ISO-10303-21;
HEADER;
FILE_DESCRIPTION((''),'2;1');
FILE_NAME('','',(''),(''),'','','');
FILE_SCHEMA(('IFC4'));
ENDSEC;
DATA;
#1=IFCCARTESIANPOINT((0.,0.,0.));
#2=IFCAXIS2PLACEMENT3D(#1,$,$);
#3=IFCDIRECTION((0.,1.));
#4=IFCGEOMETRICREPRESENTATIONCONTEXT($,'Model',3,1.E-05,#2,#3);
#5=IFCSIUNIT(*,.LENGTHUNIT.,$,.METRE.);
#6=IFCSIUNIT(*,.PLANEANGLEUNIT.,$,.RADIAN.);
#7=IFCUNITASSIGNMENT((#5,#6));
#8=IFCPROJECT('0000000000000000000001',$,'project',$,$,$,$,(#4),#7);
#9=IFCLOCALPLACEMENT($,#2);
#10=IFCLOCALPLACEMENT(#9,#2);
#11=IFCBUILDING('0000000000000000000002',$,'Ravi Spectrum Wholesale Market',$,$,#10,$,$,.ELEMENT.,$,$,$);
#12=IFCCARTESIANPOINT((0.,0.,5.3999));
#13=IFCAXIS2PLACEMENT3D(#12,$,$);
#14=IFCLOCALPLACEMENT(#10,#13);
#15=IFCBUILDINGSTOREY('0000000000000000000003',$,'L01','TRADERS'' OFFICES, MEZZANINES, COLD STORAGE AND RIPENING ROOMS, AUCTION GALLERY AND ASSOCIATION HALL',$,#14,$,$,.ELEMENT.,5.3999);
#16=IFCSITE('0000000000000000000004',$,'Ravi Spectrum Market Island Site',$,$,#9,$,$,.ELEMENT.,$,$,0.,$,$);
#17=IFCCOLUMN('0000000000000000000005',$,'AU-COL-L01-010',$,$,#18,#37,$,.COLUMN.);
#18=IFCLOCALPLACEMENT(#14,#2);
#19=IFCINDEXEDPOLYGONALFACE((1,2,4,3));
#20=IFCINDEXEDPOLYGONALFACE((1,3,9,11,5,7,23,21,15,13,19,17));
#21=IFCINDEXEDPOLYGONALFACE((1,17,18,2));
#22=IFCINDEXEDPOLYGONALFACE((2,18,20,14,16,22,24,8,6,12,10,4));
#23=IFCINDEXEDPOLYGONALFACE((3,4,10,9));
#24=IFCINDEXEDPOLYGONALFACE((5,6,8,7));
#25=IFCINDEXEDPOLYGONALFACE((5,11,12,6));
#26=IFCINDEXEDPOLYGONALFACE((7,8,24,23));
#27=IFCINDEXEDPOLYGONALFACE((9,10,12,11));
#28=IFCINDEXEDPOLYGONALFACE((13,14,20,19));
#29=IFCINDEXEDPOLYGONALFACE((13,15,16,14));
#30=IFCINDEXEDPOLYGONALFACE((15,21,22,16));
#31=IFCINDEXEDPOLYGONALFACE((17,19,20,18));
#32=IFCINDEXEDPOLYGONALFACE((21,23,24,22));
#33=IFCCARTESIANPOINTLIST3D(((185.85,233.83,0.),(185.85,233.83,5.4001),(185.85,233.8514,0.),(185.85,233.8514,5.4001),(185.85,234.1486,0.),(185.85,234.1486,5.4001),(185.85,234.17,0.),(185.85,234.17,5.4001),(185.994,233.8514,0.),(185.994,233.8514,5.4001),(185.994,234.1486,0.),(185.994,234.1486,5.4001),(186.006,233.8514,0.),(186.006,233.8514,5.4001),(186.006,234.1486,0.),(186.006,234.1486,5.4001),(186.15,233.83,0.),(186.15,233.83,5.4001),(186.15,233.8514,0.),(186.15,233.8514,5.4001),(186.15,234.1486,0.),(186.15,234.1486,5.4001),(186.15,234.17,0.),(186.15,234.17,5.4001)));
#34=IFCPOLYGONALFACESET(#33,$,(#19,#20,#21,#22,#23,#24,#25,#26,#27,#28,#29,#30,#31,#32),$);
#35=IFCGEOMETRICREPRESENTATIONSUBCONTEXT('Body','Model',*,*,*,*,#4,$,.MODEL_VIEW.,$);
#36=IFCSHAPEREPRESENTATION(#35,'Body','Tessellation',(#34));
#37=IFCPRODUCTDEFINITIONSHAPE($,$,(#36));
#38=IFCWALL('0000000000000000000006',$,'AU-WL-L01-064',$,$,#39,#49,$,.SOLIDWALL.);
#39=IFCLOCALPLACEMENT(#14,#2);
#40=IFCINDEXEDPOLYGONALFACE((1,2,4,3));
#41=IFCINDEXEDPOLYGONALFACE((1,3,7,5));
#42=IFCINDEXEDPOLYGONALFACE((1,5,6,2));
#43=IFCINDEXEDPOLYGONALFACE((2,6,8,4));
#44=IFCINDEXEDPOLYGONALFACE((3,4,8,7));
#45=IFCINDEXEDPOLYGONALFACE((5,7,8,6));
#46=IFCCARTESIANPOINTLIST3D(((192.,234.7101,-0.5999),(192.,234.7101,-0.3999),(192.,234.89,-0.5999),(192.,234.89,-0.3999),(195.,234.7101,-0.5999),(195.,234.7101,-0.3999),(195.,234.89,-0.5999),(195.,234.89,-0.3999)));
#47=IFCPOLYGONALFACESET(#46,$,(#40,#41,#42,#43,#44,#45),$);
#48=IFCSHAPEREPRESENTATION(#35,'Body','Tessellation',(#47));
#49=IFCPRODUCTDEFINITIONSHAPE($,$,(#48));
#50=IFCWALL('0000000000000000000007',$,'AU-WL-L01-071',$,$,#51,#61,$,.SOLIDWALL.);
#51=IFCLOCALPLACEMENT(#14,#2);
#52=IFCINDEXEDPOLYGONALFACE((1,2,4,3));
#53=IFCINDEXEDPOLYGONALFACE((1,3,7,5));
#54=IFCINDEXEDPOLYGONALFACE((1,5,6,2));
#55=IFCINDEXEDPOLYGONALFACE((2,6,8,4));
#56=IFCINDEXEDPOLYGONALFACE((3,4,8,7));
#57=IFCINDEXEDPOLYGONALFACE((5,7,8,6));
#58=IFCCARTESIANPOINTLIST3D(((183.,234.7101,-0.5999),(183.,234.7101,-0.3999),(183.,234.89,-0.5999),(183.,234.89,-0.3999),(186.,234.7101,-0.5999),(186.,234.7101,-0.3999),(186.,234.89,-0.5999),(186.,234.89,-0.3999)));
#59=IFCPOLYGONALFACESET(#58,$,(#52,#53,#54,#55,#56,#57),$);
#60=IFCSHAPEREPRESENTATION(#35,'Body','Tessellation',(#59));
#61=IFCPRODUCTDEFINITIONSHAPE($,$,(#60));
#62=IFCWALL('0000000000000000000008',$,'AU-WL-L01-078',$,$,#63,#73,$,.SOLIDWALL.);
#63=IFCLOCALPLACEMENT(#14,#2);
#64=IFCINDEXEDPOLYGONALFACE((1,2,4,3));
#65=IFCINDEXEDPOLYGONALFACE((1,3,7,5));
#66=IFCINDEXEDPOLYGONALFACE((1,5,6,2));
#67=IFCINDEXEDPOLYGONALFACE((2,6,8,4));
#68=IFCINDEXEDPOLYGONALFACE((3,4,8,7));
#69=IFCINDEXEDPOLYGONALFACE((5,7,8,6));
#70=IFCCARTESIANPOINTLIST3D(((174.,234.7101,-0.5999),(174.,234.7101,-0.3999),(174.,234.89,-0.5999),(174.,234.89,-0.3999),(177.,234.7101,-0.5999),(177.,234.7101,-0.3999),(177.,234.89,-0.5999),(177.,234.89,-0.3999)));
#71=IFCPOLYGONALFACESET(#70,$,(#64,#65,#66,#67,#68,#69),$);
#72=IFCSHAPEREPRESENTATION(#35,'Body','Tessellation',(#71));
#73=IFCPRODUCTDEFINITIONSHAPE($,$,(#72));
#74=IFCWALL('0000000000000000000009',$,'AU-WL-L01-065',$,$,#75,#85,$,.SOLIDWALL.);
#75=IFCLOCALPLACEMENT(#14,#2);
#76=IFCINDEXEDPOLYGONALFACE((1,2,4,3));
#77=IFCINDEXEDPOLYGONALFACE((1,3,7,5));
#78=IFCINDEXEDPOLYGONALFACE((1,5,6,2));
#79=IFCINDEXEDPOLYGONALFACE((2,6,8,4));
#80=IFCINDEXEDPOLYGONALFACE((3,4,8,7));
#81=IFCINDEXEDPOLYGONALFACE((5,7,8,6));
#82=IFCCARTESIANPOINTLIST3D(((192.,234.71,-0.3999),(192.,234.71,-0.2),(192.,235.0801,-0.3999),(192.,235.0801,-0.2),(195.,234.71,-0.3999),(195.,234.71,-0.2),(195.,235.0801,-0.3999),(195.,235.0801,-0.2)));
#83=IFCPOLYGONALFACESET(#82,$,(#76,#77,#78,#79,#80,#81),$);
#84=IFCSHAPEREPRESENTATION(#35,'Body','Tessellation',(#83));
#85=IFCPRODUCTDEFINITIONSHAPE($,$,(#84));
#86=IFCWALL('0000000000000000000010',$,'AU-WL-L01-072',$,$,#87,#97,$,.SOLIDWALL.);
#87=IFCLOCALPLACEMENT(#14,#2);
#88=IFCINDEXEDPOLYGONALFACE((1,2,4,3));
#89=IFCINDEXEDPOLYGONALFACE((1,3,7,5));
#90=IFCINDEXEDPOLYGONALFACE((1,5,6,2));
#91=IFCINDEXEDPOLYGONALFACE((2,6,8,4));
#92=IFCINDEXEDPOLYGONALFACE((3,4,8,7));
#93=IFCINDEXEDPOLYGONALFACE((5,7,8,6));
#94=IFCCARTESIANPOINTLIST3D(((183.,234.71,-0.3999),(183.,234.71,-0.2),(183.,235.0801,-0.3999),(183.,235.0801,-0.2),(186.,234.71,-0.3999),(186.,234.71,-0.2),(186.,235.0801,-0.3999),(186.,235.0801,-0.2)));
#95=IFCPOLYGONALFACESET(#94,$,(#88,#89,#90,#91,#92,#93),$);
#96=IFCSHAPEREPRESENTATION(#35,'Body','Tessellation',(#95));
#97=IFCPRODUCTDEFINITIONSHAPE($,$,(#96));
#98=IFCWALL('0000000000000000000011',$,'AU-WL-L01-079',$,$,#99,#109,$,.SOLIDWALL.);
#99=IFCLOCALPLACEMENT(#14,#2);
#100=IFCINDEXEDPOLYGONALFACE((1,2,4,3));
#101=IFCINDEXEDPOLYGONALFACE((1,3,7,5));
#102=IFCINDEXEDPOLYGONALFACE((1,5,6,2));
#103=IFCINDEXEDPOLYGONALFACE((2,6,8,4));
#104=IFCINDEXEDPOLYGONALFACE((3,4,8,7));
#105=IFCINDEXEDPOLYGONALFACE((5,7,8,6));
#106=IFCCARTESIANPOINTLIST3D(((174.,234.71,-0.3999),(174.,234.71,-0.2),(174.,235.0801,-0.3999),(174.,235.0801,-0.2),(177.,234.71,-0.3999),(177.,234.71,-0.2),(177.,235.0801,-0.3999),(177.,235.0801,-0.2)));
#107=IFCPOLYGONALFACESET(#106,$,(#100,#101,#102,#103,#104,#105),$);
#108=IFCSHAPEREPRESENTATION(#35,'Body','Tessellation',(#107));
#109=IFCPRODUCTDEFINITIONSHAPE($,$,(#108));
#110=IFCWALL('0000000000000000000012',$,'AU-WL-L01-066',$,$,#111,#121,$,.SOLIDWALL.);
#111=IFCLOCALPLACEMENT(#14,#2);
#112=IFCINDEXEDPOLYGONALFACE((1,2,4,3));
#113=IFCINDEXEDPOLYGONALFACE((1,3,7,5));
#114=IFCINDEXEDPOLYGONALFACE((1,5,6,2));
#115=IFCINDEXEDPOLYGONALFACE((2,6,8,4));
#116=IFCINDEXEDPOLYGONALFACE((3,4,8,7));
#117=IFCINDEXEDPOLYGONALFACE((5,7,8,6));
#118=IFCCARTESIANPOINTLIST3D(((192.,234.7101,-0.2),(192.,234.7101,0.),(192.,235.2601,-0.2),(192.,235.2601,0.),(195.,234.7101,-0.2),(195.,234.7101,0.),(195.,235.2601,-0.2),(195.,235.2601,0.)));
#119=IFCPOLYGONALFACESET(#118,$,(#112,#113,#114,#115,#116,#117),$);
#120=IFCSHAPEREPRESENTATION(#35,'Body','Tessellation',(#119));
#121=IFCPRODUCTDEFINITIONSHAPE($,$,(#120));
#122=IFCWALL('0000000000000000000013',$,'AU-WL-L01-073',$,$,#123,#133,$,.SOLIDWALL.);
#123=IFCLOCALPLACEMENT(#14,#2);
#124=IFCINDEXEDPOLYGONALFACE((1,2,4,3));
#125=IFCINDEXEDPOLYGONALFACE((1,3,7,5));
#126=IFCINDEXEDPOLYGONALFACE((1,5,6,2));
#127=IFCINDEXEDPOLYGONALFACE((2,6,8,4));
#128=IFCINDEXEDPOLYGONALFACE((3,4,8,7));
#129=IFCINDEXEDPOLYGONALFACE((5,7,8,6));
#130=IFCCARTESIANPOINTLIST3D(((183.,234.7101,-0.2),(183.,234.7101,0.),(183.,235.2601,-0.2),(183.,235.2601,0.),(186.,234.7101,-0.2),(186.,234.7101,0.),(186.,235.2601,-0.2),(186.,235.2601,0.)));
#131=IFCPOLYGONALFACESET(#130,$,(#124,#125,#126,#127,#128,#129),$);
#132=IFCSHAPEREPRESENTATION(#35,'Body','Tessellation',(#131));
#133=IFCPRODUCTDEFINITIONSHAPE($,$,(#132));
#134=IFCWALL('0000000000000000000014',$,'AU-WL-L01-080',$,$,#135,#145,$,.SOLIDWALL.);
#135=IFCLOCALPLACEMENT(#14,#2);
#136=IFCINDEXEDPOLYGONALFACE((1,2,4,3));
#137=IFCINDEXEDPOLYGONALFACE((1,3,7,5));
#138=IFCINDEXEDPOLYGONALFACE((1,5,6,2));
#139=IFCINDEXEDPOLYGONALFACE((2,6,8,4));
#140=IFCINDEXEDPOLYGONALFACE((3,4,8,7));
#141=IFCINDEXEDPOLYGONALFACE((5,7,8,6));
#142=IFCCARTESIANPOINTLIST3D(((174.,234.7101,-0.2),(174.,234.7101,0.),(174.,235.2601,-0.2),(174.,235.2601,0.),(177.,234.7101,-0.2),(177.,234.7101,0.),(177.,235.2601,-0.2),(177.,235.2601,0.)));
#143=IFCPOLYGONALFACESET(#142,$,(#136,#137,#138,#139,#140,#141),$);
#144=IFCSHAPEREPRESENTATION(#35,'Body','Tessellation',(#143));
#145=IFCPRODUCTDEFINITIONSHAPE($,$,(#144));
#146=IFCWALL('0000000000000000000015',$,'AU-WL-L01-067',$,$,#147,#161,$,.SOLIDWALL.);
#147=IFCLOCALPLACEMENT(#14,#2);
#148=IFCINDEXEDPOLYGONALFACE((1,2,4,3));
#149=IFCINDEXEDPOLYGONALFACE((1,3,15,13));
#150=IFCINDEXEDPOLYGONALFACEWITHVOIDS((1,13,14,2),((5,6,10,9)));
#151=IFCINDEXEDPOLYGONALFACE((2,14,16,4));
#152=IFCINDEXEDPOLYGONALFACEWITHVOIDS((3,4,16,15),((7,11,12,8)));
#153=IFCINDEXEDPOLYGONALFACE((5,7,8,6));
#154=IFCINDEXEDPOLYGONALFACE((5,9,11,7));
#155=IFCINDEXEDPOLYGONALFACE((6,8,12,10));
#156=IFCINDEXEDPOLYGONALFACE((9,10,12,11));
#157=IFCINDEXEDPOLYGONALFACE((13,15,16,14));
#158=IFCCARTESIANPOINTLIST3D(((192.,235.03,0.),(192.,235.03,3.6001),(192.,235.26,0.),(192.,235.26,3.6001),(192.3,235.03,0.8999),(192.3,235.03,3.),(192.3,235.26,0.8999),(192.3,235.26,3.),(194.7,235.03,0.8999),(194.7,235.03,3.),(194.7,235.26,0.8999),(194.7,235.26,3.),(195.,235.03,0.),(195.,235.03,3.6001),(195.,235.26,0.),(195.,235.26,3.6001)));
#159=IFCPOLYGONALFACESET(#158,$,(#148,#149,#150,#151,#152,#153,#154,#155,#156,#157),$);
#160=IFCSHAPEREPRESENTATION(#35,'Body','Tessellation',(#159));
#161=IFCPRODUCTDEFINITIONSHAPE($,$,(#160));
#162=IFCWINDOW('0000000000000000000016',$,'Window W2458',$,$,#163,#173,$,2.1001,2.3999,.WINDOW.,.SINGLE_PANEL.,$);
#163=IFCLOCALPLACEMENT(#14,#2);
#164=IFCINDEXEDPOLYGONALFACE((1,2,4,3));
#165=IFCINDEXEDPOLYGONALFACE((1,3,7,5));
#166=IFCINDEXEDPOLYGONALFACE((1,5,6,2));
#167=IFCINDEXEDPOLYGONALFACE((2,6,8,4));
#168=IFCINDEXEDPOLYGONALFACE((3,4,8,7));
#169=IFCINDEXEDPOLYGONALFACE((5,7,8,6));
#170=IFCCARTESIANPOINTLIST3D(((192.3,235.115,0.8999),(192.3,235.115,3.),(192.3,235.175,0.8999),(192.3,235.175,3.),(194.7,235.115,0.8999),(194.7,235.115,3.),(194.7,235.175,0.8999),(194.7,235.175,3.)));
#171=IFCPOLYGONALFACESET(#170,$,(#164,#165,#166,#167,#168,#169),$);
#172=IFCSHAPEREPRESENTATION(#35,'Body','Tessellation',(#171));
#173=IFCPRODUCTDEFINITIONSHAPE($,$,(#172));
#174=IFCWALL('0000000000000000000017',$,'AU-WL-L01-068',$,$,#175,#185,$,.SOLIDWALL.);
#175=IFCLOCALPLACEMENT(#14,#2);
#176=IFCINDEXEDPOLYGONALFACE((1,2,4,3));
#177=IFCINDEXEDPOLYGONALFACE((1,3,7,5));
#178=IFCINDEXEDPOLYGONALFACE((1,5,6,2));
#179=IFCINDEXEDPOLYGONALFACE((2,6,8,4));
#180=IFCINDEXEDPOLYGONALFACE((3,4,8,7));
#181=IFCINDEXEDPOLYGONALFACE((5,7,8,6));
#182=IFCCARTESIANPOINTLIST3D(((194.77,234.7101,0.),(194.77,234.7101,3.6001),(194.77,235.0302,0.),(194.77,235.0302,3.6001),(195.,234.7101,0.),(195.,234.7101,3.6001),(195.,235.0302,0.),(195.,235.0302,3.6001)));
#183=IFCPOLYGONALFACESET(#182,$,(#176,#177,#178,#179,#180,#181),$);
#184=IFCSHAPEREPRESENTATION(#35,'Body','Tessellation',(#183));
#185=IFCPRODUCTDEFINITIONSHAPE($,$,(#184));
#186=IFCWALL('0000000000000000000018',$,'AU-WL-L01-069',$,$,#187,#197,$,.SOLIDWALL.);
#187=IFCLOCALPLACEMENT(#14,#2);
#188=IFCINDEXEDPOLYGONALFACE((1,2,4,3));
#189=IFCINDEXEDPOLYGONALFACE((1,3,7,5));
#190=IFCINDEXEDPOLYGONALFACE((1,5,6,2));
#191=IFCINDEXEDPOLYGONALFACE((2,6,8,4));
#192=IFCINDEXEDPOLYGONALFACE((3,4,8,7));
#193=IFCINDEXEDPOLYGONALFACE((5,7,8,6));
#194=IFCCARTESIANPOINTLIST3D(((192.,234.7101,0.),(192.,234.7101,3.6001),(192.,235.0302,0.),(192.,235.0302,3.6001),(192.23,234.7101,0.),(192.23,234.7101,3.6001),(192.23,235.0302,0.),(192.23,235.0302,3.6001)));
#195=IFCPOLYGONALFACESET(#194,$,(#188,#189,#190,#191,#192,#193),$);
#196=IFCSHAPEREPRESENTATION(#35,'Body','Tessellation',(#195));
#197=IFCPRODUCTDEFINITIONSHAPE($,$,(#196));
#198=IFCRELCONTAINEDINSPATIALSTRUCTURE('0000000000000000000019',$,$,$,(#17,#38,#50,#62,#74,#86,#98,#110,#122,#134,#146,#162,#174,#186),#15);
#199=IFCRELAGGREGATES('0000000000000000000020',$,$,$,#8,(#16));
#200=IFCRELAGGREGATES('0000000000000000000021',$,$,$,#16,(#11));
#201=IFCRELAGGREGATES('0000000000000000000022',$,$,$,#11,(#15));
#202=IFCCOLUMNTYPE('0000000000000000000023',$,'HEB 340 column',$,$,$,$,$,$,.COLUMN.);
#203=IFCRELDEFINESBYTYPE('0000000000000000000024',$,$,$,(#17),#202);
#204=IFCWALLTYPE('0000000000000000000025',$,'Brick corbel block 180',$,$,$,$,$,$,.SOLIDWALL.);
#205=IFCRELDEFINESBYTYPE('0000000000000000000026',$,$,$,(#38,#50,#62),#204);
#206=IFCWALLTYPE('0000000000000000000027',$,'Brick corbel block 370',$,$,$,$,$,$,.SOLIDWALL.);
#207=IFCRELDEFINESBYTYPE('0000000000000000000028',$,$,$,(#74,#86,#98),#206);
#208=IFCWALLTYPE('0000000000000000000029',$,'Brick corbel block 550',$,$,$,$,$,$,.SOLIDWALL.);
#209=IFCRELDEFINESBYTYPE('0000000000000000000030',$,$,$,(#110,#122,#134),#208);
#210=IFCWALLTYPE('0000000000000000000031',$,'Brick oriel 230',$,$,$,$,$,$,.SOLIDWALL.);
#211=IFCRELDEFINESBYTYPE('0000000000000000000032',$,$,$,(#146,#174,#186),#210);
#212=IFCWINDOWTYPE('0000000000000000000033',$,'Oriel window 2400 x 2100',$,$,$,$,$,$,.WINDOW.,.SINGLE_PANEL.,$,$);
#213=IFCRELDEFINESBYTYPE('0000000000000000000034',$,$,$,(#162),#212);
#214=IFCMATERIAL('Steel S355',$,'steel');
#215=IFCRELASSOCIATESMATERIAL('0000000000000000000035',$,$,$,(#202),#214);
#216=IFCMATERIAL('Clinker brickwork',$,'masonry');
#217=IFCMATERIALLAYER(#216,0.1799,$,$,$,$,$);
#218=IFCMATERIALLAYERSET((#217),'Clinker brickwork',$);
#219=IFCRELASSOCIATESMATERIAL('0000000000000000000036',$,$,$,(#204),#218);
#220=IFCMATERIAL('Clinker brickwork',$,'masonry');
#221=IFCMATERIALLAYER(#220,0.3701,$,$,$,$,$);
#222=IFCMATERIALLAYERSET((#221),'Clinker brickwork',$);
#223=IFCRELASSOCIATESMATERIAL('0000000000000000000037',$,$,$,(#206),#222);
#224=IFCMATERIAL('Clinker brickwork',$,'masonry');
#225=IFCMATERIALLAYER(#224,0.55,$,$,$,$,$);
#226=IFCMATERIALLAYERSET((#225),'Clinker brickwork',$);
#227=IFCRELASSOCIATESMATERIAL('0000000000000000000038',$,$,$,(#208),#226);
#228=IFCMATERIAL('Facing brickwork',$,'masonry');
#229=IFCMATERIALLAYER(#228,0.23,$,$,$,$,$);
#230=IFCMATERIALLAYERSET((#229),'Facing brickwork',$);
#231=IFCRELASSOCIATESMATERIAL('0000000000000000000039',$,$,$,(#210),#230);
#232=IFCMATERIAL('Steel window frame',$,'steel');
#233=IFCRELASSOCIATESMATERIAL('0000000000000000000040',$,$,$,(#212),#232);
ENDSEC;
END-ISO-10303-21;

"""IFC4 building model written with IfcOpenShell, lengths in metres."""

from ifc_helpers import new_model, si_unit, direction, frame, frame_2d, origin, origin_2d, place, context, subcontext, project, spatial, rectangle, i_section, extrude, material, layer, layer_set, material_profile, profile_set, type_object, element, fill, save


model = new_model("IFC4")

# Units and contexts
model_context = context("Model", 3, precision=1e-05, world=origin(), true_north=direction((0.0, 1.0)))
body_context = subcontext(model_context, "Body", "Model", "MODEL_VIEW")
ifc_project = project(units=[si_unit("LENGTHUNIT", "METRE"), si_unit("PLANEANGLEUNIT", "RADIAN")], contexts=[model_context])

# Site, building, storey
site_placement = place(None, origin())
site = spatial("IfcSite", under=ifc_project, at=site_placement, Name="Ravi Spectrum Market Island Site", CompositionType="ELEMENT", RefElevation=0.0)
building_placement = place(site_placement, origin())
building = spatial("IfcBuilding", under=site, at=building_placement, Name="Ravi Spectrum Wholesale Market", CompositionType="ELEMENT")
storey_placement = place(building_placement, frame((0.0, 0.0, 5.3999)))
storey = spatial("IfcBuildingStorey", under=building, at=storey_placement, Name="L01", Description="TRADERS' OFFICES, MEZZANINES, COLD STORAGE AND RIPENING ROOMS, AUCTION GALLERY AND ASSOCIATION HALL", CompositionType="ELEMENT", Elevation=5.3999)

# Column
ifc_material_1 = material(Name="Steel S355", Category="steel")
ifc_material_profile = material_profile(ifc_material_1, i_section(OverallWidth=0.3, OverallDepth=0.3401, WebThickness=0.012, FlangeThickness=0.0215, at=origin_2d()))
ifc_profile_set = profile_set([ifc_material_profile], Name="Steel S355")
column_type = type_object("IfcColumnType", Name="HEB 340 column", PredefinedType="COLUMN", material=ifc_profile_set)
column_placement = place(storey_placement, frame((186.0, 234.0, 0.0), z_axis=(0.0, 0.0, 1.0), x_axis=(1.0, 0.0, 0.0)))
element("IfcColumn", 1, at=column_placement, inside=storey, type_object=column_type, Name="AU-COL-L01-010", PredefinedType="COLUMN", context=body_context, shape_type="SweptSolid", body=[
    extrude(i_section(OverallWidth=0.3, OverallDepth=0.3401, WebThickness=0.012, FlangeThickness=0.0215, at=origin_2d()), origin(), (0.0, 0.0, 1.0), 5.4001),
])

# Walls
ifc_material_2 = material(Name="Clinker brickwork", Category="masonry")
ifc_layer_1 = layer(ifc_material_2, 0.1799)
ifc_layer_set_1 = layer_set([ifc_layer_1], Name="Clinker brickwork")
wall_type_1 = type_object("IfcWallType", Name="Brick corbel block 180", PredefinedType="SOLIDWALL", material=ifc_layer_set_1)
for number, where, z_axis, x_axis, name in (
    (2, (195.0, 234.8, -0.5999), (0.0, 0.0, 1.0), (-1.0, 0.0, 0.0), "AU-WL-L01-064"),
    (3, (186.0, 234.8, -0.5999), (0.0, 0.0, 1.0), (-1.0, 0.0, 0.0), "AU-WL-L01-071"),
    (4, (177.0, 234.8, -0.5999), (0.0, 0.0, 1.0), (-1.0, 0.0, 0.0), "AU-WL-L01-078"),
):
    element("IfcWall", number, at=place(storey_placement, frame(where, z_axis=z_axis, x_axis=x_axis)), inside=storey, type_object=wall_type_1, Name=name, PredefinedType="SOLIDWALL", context=body_context, shape_type="SweptSolid", body=[
        extrude(rectangle(XDim=3.0, YDim=0.1799, at=frame_2d((1.5, 0.0))), origin(), (0.0, 0.0, 1.0), 0.2),
    ])
ifc_material_3 = material(Name="Clinker brickwork", Category="masonry")
ifc_layer_2 = layer(ifc_material_3, 0.3701)
ifc_layer_set_2 = layer_set([ifc_layer_2], Name="Clinker brickwork")
wall_type_2 = type_object("IfcWallType", Name="Brick corbel block 370", PredefinedType="SOLIDWALL", material=ifc_layer_set_2)
for number, where, z_axis, x_axis, name in (
    (5, (195.0, 234.895, -0.3999), (0.0, 0.0, 1.0), (-1.0, 0.0, 0.0), "AU-WL-L01-065"),
    (6, (186.0, 234.895, -0.3999), (0.0, 0.0, 1.0), (-1.0, 0.0, 0.0), "AU-WL-L01-072"),
    (7, (177.0, 234.895, -0.3999), (0.0, 0.0, 1.0), (-1.0, 0.0, 0.0), "AU-WL-L01-079"),
):
    element("IfcWall", number, at=place(storey_placement, frame(where, z_axis=z_axis, x_axis=x_axis)), inside=storey, type_object=wall_type_2, Name=name, PredefinedType="SOLIDWALL", context=body_context, shape_type="SweptSolid", body=[
        extrude(rectangle(XDim=3.0, YDim=0.3701, at=frame_2d((1.5, 0.0))), origin(), (0.0, 0.0, 1.0), 0.2),
    ])
ifc_material_4 = material(Name="Clinker brickwork", Category="masonry")
ifc_layer_3 = layer(ifc_material_4, 0.55)
ifc_layer_set_3 = layer_set([ifc_layer_3], Name="Clinker brickwork")
wall_type_3 = type_object("IfcWallType", Name="Brick corbel block 550", PredefinedType="SOLIDWALL", material=ifc_layer_set_3)
for number, where, z_axis, x_axis, name in (
    (8, (195.0, 234.9851, -0.2), (0.0, 0.0, 1.0), (-1.0, 0.0, 0.0), "AU-WL-L01-066"),
    (9, (186.0, 234.9851, -0.2), (0.0, 0.0, 1.0), (-1.0, 0.0, 0.0), "AU-WL-L01-073"),
    (10, (177.0, 234.9851, -0.2), (0.0, 0.0, 1.0), (-1.0, 0.0, 0.0), "AU-WL-L01-080"),
):
    element("IfcWall", number, at=place(storey_placement, frame(where, z_axis=z_axis, x_axis=x_axis)), inside=storey, type_object=wall_type_3, Name=name, PredefinedType="SOLIDWALL", context=body_context, shape_type="SweptSolid", body=[
        extrude(rectangle(XDim=3.0, YDim=0.55, at=frame_2d((1.5, 0.0))), origin(), (0.0, 0.0, 1.0), 0.2),
    ])

# Wall, opening, window
ifc_material_5 = material(Name="Facing brickwork", Category="masonry")
ifc_layer_4 = layer(ifc_material_5, 0.23)
ifc_layer_set_4 = layer_set([ifc_layer_4], Name="Facing brickwork")
wall_type_4 = type_object("IfcWallType", Name="Brick oriel 230", PredefinedType="SOLIDWALL", material=ifc_layer_set_4)
wall_1_placement = place(storey_placement, frame((195.0, 235.145, 0.0), z_axis=(0.0, 0.0, 1.0), x_axis=(-1.0, 0.0, 0.0)))
wall_1 = element("IfcWall", 11, at=wall_1_placement, inside=storey, type_object=wall_type_4, Name="AU-WL-L01-067", PredefinedType="SOLIDWALL", context=body_context, shape_type="SweptSolid", body=[
    extrude(rectangle(XDim=3.0, YDim=0.23, at=frame_2d((1.5, 0.0))), origin(), (0.0, 0.0, 1.0), 3.6001),
])
opening_1_placement = place(wall_1_placement, frame((0.3, 0.0, 0.8999)))
opening_1 = element("IfcOpeningElement", 12, at=opening_1_placement, cuts=wall_1, PredefinedType="OPENING", context=body_context, shape_type="SweptSolid", body=[
    extrude(rectangle(XDim=2.3999, YDim=2.1001, at=frame_2d((1.2, 1.05))), frame((0.0, 0.125, 0.0), z_axis=(0.0, -1.0, 0.0), x_axis=(1.0, 0.0, 0.0)), (0.0, 0.0, 1.0), 0.25),
])
ifc_material_6 = material(Name="Steel window frame", Category="steel")
window_type = type_object("IfcWindowType", Name="Oriel window 2400 x 2100", PartitioningType="SINGLE_PANEL", PredefinedType="WINDOW", material=ifc_material_6)
window_1_placement = place(opening_1_placement, origin())
window_1 = element("IfcWindow", 13, at=window_1_placement, inside=storey, type_object=window_type, Name="Window W2458", OverallHeight=2.1001, OverallWidth=2.3999, PartitioningType="SINGLE_PANEL", PredefinedType="WINDOW", context=body_context, shape_type="SweptSolid", body=[
    extrude(rectangle(XDim=2.3999, YDim=2.1001, at=frame_2d((1.2, 1.05))), frame((0.0, 0.03, 0.0), z_axis=(0.0, -1.0, 0.0), x_axis=(1.0, 0.0, 0.0)), (0.0, 0.0, 1.0), 0.0601),
])
fill(opening_1, window_1)

# Walls
for number, where, z_axis, x_axis, name in (
    (14, (194.885, 234.71, 0.0), (0.0, 0.0, 1.0), (0.0, 1.0, 0.0), "AU-WL-L01-068"),
    (15, (192.115, 234.71, 0.0), (0.0, 0.0, 1.0), (0.0, 1.0, 0.0), "AU-WL-L01-069"),
):
    element("IfcWall", number, at=place(storey_placement, frame(where, z_axis=z_axis, x_axis=x_axis)), inside=storey, type_object=wall_type_4, Name=name, PredefinedType="SOLIDWALL", context=body_context, shape_type="SweptSolid", body=[
        extrude(rectangle(XDim=0.3201, YDim=0.23, at=frame_2d((0.1602, 0.0))), origin(), (0.0, 0.0, 1.0), 3.6001),
    ])

save(model, "model.ifc")
